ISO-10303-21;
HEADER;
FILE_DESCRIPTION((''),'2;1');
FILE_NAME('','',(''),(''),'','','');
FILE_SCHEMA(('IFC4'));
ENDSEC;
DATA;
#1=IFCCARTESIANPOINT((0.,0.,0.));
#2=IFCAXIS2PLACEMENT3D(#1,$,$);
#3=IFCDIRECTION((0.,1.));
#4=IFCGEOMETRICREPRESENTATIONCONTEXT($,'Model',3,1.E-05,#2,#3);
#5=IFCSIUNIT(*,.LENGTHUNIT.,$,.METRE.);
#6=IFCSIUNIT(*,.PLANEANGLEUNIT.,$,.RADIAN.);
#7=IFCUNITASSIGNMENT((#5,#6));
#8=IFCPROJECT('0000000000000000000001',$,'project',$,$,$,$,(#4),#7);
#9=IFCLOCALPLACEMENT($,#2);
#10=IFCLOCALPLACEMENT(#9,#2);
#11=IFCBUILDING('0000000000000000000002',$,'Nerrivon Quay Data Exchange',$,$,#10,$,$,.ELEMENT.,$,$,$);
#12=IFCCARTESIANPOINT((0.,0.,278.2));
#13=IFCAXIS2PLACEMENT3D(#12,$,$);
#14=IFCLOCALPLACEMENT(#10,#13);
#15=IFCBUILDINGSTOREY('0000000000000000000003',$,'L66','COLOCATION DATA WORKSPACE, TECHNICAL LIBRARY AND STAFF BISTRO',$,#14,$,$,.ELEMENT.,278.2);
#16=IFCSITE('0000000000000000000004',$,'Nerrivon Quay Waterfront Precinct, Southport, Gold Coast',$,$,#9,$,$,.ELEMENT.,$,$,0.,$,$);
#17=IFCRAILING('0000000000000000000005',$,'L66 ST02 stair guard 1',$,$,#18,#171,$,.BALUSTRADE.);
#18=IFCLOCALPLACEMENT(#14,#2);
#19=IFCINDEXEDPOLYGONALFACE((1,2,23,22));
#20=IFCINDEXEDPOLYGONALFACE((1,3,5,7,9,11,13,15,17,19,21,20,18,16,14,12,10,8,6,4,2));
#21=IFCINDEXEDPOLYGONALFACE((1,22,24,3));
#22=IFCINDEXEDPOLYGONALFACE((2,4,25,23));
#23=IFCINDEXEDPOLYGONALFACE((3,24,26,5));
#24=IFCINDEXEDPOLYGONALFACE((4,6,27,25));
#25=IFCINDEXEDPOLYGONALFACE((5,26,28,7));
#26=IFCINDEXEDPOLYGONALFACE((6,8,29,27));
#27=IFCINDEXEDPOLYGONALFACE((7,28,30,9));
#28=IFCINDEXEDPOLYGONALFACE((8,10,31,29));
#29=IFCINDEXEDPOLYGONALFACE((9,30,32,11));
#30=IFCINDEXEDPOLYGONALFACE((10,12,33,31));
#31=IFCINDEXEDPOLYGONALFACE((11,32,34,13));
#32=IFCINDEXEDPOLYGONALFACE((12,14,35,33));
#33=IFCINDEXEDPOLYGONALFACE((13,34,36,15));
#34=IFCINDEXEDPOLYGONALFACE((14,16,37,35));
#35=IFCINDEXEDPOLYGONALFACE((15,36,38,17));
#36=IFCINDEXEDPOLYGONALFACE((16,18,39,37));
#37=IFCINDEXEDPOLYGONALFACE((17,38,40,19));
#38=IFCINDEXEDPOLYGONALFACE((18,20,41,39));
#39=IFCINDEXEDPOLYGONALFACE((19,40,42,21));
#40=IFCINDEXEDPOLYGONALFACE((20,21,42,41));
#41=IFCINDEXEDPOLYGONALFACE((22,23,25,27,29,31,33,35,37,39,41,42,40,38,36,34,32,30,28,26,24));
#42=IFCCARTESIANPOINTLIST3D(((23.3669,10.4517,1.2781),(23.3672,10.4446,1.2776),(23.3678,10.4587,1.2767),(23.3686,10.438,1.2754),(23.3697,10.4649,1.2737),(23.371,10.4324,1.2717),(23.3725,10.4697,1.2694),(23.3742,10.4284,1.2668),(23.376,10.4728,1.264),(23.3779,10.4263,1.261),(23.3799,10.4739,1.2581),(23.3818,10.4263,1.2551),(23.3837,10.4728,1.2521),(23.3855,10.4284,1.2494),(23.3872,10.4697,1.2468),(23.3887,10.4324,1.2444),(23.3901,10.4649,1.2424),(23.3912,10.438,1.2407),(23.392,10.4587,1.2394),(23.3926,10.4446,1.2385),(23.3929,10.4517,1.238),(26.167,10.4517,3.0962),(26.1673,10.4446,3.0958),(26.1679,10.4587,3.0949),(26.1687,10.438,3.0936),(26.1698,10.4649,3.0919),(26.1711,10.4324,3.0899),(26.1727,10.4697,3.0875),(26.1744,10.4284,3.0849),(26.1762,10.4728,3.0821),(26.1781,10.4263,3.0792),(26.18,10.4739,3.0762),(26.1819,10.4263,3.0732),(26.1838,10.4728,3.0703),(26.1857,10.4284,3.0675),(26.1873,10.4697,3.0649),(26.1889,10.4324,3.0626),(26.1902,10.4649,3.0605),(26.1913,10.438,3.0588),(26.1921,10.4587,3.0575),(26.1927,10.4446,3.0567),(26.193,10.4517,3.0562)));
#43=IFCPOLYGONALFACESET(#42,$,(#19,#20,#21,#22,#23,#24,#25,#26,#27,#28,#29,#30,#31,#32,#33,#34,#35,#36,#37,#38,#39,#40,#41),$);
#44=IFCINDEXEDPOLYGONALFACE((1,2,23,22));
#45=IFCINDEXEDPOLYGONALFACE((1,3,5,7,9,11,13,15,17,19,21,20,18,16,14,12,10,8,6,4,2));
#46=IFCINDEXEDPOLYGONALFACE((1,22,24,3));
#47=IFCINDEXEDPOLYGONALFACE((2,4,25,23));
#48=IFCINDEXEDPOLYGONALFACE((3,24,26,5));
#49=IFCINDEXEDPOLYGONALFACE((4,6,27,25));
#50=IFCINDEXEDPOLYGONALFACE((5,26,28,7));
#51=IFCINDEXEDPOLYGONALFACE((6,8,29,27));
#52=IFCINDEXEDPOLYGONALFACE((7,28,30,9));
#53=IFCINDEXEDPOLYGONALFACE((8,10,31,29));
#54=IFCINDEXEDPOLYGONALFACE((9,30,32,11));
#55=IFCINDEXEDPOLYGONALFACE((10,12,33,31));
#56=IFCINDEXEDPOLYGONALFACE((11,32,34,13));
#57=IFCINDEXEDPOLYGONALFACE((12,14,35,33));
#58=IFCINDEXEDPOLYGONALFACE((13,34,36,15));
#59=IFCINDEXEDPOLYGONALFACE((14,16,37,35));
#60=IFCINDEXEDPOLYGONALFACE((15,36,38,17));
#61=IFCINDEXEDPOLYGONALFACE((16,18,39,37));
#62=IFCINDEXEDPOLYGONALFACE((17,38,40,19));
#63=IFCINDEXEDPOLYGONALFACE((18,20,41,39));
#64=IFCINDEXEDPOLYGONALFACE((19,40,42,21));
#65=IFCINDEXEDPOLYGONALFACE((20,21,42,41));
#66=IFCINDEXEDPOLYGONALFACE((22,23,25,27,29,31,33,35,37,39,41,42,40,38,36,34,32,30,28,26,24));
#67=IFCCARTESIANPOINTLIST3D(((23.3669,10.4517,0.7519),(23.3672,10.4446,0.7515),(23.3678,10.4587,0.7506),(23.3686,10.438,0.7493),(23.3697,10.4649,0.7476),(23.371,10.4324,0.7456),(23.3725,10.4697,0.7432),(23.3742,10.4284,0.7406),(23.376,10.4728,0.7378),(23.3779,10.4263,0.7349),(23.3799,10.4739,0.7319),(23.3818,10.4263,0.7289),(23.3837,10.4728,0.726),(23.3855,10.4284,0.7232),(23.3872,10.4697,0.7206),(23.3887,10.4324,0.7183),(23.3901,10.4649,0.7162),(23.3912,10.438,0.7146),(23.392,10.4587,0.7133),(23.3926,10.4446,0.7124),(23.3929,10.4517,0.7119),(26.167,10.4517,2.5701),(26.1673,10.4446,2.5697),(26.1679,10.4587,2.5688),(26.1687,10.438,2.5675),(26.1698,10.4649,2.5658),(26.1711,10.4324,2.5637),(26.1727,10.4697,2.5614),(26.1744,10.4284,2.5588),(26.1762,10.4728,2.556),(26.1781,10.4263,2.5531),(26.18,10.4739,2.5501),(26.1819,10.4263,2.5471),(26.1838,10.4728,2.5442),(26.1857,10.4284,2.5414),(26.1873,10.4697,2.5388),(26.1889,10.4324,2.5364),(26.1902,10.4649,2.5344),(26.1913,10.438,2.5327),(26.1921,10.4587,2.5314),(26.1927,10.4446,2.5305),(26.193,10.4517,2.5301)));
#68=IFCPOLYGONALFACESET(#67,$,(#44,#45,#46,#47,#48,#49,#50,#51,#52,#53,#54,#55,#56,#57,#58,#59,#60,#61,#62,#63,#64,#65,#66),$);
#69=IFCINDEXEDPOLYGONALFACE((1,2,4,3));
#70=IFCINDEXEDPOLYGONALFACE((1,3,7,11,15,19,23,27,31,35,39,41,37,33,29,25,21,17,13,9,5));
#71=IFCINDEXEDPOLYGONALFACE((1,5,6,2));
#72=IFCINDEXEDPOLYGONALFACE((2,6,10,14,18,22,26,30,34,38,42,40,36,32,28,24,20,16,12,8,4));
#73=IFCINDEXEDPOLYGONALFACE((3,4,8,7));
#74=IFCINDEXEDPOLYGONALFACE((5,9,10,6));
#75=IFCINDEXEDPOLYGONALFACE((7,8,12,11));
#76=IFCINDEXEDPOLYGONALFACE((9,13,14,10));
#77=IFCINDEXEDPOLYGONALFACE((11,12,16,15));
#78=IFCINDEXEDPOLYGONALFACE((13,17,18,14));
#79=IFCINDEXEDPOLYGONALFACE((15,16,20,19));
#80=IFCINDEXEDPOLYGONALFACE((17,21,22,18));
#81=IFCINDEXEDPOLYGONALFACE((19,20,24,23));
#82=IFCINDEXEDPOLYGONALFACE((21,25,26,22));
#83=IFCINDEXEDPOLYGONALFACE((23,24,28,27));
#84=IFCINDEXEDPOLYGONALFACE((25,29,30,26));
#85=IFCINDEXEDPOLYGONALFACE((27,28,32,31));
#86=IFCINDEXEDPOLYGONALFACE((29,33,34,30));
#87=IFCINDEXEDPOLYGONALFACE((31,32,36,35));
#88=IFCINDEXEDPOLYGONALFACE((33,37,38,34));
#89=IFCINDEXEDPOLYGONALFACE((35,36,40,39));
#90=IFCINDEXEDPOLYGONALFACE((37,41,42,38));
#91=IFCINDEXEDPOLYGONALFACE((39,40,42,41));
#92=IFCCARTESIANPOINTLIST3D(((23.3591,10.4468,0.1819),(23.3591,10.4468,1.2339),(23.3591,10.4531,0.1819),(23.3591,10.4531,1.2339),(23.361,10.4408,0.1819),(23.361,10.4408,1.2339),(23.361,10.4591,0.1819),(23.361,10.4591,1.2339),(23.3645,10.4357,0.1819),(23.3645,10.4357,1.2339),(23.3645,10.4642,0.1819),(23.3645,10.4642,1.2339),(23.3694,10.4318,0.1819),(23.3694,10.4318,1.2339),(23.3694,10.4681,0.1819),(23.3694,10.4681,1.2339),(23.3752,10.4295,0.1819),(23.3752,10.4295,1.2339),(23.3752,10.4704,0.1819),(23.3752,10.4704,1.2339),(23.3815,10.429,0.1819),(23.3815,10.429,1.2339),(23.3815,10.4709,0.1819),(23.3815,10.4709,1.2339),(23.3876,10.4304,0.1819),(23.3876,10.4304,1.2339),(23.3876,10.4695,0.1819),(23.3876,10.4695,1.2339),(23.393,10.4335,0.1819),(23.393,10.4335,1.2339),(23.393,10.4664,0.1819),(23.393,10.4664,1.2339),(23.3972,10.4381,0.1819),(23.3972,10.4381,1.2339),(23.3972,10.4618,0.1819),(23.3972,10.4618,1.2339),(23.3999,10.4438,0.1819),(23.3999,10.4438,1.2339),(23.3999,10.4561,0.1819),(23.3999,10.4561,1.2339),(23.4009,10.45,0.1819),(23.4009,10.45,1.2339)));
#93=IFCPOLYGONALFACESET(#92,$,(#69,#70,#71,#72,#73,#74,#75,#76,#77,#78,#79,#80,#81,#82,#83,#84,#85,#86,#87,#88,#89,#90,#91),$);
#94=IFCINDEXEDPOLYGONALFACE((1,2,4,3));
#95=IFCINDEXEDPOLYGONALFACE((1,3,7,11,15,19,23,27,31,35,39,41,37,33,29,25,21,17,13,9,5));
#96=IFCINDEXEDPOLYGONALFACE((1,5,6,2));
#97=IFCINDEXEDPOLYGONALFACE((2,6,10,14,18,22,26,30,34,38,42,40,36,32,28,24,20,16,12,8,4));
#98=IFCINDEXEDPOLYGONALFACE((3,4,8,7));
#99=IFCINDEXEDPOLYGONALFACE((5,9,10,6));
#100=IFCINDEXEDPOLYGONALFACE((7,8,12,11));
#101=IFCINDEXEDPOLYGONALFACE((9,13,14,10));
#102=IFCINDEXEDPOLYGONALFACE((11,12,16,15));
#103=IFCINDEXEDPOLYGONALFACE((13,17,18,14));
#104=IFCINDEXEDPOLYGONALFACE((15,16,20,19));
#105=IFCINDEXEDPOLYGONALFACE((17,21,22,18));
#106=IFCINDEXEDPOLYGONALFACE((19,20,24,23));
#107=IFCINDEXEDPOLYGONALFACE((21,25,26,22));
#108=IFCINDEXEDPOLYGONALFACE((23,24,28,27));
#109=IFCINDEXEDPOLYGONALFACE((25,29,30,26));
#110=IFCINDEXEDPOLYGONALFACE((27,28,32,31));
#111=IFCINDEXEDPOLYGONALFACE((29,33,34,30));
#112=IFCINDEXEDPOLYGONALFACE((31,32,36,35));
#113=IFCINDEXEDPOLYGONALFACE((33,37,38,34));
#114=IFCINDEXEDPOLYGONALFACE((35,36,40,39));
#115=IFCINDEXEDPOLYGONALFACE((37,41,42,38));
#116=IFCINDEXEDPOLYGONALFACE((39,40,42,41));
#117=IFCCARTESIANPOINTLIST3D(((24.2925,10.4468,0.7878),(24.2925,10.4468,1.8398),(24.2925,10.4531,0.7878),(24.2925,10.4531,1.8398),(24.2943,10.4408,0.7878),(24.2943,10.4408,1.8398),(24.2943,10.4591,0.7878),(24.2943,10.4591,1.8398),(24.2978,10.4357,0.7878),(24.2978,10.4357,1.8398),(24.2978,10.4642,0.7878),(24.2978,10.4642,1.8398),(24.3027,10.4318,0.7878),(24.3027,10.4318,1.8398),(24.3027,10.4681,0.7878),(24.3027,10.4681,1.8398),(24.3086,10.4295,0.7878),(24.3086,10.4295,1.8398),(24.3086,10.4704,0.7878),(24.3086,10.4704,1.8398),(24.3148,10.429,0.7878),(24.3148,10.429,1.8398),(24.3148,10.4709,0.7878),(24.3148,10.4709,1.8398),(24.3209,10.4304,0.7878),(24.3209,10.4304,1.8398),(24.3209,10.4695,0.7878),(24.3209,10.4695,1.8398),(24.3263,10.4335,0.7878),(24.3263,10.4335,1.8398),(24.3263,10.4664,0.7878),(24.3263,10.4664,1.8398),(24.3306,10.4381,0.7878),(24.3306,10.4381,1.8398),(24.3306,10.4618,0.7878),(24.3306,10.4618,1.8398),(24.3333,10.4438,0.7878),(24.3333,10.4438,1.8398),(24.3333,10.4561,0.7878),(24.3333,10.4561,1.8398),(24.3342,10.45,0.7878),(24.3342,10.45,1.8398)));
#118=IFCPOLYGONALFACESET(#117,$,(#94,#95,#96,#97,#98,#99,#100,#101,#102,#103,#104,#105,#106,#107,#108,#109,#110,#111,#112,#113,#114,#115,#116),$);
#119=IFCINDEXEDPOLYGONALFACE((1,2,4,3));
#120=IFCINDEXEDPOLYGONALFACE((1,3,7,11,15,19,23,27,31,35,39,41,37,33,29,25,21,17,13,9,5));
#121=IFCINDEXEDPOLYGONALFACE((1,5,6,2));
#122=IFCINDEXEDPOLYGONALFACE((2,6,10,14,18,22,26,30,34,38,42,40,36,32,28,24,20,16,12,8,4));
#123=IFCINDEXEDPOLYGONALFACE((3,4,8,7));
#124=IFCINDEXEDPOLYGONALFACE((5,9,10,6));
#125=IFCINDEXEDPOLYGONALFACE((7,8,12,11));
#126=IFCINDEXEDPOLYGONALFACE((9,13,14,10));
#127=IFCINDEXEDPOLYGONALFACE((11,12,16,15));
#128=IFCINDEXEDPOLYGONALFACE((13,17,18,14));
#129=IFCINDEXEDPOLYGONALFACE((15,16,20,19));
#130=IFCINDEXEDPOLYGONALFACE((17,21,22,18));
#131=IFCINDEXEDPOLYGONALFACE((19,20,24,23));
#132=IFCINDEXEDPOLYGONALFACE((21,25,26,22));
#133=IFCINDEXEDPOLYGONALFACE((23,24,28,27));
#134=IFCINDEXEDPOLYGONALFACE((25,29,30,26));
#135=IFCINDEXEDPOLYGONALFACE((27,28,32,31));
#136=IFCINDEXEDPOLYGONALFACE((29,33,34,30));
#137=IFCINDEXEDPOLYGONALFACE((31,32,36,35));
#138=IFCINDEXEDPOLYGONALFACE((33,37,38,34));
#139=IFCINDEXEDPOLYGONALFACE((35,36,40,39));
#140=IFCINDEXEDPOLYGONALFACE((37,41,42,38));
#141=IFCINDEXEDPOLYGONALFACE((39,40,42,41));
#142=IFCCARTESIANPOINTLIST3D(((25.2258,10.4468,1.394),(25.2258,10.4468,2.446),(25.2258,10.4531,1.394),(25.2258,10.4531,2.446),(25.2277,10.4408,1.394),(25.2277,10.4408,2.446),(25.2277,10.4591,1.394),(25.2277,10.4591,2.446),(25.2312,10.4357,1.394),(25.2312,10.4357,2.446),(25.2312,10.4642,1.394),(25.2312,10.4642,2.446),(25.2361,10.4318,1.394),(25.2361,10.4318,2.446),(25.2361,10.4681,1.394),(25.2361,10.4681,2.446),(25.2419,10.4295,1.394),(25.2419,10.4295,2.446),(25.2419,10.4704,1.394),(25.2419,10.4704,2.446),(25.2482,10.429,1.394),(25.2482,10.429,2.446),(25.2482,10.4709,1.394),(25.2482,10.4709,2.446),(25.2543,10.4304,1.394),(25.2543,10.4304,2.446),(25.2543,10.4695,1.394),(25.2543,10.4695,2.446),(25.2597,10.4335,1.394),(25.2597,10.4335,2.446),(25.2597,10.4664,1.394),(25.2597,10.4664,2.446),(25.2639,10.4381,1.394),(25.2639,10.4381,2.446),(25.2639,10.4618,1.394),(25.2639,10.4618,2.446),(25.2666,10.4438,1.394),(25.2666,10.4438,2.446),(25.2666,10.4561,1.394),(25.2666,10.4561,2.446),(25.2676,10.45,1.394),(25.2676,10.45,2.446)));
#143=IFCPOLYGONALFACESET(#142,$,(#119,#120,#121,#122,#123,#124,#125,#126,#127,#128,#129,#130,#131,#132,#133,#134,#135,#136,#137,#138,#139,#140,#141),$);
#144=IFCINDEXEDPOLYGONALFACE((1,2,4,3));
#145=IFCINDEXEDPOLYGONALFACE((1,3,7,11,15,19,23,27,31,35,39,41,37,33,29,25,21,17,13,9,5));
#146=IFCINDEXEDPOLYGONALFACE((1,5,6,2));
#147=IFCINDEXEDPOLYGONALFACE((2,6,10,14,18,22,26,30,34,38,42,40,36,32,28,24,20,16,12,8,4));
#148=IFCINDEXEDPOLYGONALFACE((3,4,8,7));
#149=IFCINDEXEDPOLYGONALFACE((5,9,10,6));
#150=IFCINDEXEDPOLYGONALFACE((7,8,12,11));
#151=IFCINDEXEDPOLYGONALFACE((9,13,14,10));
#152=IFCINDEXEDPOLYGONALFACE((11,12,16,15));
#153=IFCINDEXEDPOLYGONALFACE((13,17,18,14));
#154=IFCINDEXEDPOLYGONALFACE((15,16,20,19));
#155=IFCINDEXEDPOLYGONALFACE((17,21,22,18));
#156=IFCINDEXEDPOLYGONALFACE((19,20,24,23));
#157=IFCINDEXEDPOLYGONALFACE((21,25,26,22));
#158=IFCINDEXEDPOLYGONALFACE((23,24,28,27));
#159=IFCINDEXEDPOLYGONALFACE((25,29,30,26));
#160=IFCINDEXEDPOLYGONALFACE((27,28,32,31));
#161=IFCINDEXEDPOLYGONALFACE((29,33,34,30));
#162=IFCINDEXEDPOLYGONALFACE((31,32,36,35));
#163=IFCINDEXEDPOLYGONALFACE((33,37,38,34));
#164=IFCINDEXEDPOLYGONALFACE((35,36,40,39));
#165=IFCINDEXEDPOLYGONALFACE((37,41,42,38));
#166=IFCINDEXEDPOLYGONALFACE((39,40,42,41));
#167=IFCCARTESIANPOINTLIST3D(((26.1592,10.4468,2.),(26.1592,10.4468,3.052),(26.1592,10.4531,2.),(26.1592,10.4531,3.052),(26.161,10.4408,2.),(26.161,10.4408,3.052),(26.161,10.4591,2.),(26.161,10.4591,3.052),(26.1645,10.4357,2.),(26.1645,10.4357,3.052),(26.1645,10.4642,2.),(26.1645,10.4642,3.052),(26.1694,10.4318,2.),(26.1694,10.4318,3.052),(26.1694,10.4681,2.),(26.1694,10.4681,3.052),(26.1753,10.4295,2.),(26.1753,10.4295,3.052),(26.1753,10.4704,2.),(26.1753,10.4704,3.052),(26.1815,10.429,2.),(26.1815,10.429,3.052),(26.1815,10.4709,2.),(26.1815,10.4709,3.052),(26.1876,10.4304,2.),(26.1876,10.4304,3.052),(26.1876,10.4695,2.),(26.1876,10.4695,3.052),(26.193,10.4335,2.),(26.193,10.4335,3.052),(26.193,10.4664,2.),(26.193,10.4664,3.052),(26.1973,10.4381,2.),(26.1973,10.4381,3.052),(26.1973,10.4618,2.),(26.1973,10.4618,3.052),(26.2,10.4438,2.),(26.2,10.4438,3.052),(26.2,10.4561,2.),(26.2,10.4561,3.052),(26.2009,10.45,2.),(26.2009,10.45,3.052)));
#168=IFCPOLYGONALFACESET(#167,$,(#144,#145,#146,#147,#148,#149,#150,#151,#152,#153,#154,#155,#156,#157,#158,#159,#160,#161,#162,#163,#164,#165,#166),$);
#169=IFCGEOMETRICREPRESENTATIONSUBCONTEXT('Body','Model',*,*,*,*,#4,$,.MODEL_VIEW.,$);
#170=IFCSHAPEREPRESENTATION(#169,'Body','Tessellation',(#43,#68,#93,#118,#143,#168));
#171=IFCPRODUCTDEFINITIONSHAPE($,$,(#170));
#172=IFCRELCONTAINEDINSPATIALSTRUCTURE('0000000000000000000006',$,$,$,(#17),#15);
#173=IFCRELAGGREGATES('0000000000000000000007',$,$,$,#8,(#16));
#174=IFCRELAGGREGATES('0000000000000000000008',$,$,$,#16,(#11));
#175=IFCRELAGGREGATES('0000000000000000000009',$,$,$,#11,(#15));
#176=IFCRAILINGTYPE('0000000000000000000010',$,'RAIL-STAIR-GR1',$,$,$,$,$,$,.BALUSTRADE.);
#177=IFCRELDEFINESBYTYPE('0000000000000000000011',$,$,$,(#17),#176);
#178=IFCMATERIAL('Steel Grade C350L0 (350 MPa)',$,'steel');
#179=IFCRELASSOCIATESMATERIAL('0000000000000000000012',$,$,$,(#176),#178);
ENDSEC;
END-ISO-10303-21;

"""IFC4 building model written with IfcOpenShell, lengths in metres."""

from ifc_helpers import new_model, si_unit, direction, frame, origin, origin_2d, place, context, subcontext, project, spatial, circle, extrude, material, type_object, element, save


model = new_model("IFC4")

# Units and contexts
model_context = context("Model", 3, precision=1e-05, world=origin(), true_north=direction((0.0, 1.0)))
body_context = subcontext(model_context, "Body", "Model", "MODEL_VIEW")
ifc_project = project(units=[si_unit("LENGTHUNIT", "METRE"), si_unit("PLANEANGLEUNIT", "RADIAN")], contexts=[model_context])

# Site, building, storey
site_placement = place(None, origin())
site = spatial("IfcSite", under=ifc_project, at=site_placement, Name="Nerrivon Quay Waterfront Precinct, Southport, Gold Coast", CompositionType="ELEMENT", RefElevation=0.0)
building_placement = place(site_placement, origin())
building = spatial("IfcBuilding", under=site, at=building_placement, Name="Nerrivon Quay Data Exchange", CompositionType="ELEMENT")
storey_placement = place(building_placement, frame((0.0, 0.0, 278.2)))
storey = spatial("IfcBuildingStorey", under=building, at=storey_placement, Name="L66", Description="COLOCATION DATA WORKSPACE, TECHNICAL LIBRARY AND STAFF BISTRO", CompositionType="ELEMENT", Elevation=278.2)

# Railing
ifc_material_1 = material(Name="Steel Grade C350L0 (350 MPa)", Category="steel")
railing_type_1 = type_object("IfcRailingType", Name="RAIL-STAIR-GR1", PredefinedType="BALUSTRADE", material=ifc_material_1)
railing_1_placement = place(storey_placement, frame((23.3799, 10.45, 0.1819)))
element("IfcRailing", 1, at=railing_1_placement, inside=storey, type_object=railing_type_1, Name="L66 ST02 stair guard 1", PredefinedType="BALUSTRADE", context=body_context, shape_type="SweptSolid", body=[
    extrude(circle(Radius=0.0239, at=origin_2d()), frame((0.0, 0.0, 1.0762), z_axis=(0.838706, 0.0, 0.544585), x_axis=(0.0, 1.0, 0.0)), (0.0, 0.0, 1.0), 3.3386),
    extrude(circle(Radius=0.0239, at=origin_2d()), frame((0.0, 0.0, 0.55), z_axis=(0.838706, 0.0, 0.544585), x_axis=(0.0, 1.0, 0.0)), (0.0, 0.0, 1.0), 3.3386),
    extrude(circle(Radius=0.021, at=origin_2d()), origin(), (0.0, 0.0, 1.0), 1.052),
    extrude(circle(Radius=0.021, at=origin_2d()), frame((0.9333, 0.0, 0.606)), (0.0, 0.0, 1.0), 1.052),
    extrude(circle(Radius=0.021, at=origin_2d()), frame((1.8667, 0.0, 1.2122)), (0.0, 0.0, 1.0), 1.052),
    extrude(circle(Radius=0.021, at=origin_2d()), frame((2.8, 0.0, 1.8181)), (0.0, 0.0, 1.0), 1.052),
])

save(model, "model.ifc")
